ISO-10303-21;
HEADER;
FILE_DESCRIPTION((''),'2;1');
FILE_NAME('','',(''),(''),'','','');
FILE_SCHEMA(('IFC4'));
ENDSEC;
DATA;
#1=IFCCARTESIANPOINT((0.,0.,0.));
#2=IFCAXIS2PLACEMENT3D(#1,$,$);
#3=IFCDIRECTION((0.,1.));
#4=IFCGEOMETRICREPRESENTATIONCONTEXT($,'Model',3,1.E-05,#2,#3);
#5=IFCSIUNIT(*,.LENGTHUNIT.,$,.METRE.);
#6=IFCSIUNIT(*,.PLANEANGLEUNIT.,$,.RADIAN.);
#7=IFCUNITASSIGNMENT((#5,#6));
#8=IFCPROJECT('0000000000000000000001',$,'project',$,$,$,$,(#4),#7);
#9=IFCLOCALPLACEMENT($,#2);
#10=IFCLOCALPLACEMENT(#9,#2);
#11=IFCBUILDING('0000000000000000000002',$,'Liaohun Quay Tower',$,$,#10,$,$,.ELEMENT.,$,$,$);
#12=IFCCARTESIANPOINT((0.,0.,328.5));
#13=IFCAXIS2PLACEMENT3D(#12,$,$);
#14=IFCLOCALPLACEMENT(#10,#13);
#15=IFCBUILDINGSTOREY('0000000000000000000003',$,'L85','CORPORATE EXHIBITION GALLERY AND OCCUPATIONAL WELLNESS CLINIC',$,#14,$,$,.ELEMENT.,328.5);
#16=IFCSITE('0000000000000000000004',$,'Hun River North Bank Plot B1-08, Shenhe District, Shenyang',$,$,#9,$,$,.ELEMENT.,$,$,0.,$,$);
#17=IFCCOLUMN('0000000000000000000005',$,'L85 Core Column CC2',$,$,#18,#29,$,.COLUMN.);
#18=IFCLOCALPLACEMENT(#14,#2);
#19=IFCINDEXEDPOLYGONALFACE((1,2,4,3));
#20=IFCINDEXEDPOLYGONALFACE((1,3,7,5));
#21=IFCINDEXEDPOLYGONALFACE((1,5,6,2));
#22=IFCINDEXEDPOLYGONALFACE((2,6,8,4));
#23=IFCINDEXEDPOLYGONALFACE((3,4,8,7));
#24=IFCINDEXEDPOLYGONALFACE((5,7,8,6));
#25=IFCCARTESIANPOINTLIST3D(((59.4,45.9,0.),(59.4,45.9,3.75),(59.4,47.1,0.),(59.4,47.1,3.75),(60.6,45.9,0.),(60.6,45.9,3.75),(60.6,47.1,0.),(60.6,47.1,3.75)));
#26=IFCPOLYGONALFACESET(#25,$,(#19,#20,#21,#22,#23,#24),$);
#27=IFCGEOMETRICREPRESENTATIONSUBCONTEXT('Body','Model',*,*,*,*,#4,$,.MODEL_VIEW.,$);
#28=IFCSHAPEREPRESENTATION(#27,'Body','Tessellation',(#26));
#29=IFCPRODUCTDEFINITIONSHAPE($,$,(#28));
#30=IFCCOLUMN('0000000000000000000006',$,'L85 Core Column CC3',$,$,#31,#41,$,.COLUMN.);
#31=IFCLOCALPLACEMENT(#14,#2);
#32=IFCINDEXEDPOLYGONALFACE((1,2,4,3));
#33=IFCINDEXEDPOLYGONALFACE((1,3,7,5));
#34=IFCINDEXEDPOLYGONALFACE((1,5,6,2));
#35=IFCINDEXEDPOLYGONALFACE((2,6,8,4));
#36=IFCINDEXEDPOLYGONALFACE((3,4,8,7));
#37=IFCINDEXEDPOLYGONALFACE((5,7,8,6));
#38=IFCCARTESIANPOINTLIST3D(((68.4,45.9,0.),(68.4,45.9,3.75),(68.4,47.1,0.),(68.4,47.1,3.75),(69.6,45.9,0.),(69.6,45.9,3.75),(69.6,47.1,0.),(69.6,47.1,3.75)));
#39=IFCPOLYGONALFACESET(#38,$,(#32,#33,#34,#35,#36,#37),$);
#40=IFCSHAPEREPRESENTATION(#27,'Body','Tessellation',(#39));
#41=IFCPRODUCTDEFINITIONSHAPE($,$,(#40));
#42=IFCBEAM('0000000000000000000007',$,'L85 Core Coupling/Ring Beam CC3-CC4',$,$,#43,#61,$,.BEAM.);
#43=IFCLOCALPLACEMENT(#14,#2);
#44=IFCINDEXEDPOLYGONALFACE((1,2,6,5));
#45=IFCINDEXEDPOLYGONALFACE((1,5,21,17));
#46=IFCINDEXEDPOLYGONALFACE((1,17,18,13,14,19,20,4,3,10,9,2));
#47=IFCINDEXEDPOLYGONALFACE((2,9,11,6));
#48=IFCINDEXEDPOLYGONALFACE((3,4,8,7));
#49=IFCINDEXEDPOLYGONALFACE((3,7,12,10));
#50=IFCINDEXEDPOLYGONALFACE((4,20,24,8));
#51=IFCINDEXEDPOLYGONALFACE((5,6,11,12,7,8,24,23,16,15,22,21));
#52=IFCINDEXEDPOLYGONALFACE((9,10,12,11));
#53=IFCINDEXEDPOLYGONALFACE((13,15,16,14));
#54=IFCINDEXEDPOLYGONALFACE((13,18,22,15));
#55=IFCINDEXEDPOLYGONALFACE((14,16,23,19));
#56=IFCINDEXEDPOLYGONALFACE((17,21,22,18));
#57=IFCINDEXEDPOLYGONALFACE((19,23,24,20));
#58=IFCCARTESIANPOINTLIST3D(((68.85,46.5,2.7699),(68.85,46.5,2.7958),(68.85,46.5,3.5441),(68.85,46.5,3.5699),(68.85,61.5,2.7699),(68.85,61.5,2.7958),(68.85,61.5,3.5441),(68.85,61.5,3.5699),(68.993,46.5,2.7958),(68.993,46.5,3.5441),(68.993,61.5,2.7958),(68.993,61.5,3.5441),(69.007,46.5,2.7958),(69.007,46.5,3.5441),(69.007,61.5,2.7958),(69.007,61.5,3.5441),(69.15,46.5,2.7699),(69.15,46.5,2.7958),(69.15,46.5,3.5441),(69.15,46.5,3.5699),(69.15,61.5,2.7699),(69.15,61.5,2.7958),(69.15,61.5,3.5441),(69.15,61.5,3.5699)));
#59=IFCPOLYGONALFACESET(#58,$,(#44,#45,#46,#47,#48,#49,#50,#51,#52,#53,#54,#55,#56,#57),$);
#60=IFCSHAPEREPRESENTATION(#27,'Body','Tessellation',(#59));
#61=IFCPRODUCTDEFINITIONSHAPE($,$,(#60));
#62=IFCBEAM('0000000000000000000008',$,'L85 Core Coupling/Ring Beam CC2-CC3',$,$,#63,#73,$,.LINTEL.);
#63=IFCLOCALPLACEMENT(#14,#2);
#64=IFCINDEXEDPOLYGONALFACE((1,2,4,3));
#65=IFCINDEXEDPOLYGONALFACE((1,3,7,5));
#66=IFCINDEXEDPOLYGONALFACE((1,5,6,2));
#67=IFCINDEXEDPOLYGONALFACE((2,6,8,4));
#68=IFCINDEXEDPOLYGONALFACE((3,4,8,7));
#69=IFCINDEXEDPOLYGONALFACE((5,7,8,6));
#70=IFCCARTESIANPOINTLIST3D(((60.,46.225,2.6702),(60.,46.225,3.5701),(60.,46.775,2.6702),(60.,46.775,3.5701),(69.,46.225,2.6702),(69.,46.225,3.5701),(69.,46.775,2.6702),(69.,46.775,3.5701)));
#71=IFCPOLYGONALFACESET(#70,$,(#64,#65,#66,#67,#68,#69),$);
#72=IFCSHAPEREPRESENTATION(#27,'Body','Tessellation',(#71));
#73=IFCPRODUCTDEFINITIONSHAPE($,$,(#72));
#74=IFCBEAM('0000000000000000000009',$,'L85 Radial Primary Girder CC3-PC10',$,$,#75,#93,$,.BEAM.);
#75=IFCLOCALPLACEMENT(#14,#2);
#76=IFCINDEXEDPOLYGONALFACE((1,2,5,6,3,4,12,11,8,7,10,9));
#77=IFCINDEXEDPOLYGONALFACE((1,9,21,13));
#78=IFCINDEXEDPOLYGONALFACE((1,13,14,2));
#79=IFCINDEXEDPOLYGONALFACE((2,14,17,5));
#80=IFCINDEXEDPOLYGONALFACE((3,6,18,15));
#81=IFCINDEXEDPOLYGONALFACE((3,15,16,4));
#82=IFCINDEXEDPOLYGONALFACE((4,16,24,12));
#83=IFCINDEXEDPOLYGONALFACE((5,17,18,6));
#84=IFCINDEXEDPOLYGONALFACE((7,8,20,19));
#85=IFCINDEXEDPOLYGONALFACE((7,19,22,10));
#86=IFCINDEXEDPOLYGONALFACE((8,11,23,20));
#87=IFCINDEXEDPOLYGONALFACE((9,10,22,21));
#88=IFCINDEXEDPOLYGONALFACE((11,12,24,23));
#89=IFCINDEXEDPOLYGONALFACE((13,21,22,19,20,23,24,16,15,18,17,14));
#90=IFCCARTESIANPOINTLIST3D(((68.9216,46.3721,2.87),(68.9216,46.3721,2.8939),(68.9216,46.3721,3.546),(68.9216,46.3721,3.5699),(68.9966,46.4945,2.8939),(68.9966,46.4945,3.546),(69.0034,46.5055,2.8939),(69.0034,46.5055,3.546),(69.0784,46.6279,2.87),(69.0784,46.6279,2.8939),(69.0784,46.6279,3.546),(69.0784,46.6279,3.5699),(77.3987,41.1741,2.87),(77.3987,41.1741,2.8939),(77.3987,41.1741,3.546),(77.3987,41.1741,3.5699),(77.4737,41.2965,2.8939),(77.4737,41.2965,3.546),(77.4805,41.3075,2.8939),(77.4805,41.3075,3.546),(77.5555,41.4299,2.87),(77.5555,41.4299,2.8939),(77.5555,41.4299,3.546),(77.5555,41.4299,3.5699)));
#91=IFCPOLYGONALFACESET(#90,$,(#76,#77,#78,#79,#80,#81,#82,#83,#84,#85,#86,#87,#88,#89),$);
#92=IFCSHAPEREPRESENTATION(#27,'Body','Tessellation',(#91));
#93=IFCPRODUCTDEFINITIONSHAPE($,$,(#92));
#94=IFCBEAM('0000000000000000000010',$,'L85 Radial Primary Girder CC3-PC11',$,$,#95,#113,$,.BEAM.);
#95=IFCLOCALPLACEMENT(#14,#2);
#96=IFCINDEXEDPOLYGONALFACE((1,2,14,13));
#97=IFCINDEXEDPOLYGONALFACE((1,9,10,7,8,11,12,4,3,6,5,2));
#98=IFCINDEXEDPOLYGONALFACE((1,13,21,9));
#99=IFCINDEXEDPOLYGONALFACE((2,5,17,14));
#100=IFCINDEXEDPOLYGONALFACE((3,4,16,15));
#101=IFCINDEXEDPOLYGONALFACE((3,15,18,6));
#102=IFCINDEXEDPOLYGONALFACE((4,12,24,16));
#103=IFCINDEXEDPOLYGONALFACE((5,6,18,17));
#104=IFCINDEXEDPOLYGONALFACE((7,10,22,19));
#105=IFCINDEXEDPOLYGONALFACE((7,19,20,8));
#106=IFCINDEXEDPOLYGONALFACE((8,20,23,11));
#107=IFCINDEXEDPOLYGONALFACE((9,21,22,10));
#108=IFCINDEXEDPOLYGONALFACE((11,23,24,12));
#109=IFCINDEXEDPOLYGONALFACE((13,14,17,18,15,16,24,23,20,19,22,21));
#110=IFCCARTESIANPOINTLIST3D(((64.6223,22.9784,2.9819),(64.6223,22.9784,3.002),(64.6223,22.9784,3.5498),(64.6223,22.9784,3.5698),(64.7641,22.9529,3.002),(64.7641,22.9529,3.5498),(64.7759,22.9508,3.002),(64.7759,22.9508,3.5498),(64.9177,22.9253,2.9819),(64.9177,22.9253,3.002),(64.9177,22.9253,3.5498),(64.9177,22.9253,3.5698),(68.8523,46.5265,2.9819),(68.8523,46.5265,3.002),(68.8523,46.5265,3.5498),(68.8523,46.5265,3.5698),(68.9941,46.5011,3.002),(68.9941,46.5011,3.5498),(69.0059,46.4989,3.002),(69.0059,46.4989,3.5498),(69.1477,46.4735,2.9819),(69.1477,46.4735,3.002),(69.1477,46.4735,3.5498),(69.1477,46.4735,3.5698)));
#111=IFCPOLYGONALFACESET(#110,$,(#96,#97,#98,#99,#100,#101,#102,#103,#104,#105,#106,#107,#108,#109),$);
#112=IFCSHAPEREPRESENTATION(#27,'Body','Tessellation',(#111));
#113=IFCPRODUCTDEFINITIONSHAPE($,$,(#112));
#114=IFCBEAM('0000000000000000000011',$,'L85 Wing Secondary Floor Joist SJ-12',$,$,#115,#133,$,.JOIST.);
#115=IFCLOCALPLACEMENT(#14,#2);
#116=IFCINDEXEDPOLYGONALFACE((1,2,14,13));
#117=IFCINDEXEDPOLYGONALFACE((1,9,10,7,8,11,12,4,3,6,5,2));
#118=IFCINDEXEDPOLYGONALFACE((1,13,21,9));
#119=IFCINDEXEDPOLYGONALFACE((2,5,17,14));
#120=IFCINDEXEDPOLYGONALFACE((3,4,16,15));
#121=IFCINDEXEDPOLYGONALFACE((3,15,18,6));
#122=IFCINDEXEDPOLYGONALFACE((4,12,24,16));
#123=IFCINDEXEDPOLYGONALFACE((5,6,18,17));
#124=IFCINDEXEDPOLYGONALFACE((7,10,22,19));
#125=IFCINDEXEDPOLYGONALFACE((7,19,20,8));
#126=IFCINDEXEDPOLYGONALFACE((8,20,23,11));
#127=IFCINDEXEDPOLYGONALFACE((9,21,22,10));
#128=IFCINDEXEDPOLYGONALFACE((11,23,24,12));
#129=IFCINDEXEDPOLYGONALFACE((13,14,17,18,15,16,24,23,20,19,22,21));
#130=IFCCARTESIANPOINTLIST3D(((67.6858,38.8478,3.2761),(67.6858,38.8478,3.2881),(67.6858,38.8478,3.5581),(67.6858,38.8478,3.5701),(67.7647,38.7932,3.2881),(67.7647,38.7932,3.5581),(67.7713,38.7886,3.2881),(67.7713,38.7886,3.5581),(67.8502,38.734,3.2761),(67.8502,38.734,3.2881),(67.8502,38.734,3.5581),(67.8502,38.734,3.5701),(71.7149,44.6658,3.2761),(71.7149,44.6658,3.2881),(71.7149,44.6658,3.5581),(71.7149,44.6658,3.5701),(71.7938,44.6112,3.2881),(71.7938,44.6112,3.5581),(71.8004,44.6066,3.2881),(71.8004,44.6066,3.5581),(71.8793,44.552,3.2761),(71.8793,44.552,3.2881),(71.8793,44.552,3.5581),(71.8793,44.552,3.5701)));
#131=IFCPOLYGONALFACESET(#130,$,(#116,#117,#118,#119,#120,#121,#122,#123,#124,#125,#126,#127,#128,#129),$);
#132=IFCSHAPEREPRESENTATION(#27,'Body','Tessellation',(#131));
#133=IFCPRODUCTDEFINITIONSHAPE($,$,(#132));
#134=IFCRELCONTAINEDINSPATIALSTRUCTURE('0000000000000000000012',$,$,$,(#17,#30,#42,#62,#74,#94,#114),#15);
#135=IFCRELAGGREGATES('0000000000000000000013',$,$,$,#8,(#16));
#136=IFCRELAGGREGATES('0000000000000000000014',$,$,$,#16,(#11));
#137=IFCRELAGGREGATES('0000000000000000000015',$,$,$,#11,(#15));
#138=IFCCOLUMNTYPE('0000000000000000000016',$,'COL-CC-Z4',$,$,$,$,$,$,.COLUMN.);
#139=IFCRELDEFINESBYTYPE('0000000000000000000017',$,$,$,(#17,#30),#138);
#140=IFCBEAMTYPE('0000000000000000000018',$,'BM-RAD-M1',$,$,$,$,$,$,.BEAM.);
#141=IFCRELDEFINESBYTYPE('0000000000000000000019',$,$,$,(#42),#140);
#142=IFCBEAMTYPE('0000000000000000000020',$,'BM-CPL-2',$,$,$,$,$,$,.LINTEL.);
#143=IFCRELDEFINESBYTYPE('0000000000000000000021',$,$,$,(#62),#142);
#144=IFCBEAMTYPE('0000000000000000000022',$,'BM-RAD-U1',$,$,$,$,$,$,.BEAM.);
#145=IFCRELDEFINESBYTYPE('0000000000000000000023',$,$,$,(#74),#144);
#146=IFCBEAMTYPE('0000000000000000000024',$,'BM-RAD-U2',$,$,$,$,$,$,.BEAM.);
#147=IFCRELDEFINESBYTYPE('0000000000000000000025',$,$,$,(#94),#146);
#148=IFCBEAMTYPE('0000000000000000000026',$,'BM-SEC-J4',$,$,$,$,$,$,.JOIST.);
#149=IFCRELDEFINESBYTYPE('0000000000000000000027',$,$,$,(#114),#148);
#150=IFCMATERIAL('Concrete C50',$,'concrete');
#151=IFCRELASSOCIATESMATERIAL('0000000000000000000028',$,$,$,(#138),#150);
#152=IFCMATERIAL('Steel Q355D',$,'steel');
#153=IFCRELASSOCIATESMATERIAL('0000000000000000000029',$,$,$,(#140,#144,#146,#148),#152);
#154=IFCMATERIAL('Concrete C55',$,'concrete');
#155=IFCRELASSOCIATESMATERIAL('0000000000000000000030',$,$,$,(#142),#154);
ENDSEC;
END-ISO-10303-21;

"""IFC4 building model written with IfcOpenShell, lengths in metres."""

from ifc_helpers import new_model, si_unit, direction, frame, origin, origin_2d, place, context, subcontext, project, spatial, rectangle, i_section, extrude, source, transform, mapped, material, material_profile, profile_set, type_object, element, save


model = new_model("IFC4")

# Units and contexts
model_context = context("Model", 3, precision=1e-05, world=origin(), true_north=direction((0.0, 1.0)))
body_context = subcontext(model_context, "Body", "Model", "MODEL_VIEW")
ifc_project = project(units=[si_unit("LENGTHUNIT", "METRE"), si_unit("PLANEANGLEUNIT", "RADIAN")], contexts=[model_context])

# Site, building, storey
site_placement = place(None, origin())
site = spatial("IfcSite", under=ifc_project, at=site_placement, Name="Hun River North Bank Plot B1-08, Shenhe District, Shenyang", CompositionType="ELEMENT", RefElevation=0.0)
building_placement = place(site_placement, origin())
building = spatial("IfcBuilding", under=site, at=building_placement, Name="Liaohun Quay Tower", CompositionType="ELEMENT")
storey_placement = place(building_placement, frame((0.0, 0.0, 328.5)))
storey = spatial("IfcBuildingStorey", under=building, at=storey_placement, Name="L85", Description="CORPORATE EXHIBITION GALLERY AND OCCUPATIONAL WELLNESS CLINIC", CompositionType="ELEMENT", Elevation=328.5)

# Columns
ifc_material_1 = material(Name="Concrete C50", Category="concrete")
ifc_material_profile_1 = material_profile(ifc_material_1, rectangle(XDim=1.2, YDim=1.2, at=origin_2d()), Name="RC1200x1200")
ifc_profile_set_1 = profile_set([ifc_material_profile_1], Name="Concrete C50")
column_type = type_object("IfcColumnType", Name="COL-CC-Z4", PredefinedType="COLUMN", material=ifc_profile_set_1)
shared_shape_1 = source(origin(), body_context, "Body", "SweptSolid", [
    extrude(rectangle(XDim=1.2, YDim=1.2, at=origin_2d()), origin(), (0.0, 0.0, 1.0), 3.75),
])
for number, where, z_axis, x_axis, name in (
    (1, (60.0, 46.5, 0.0), (0.0, 0.0, 1.0), (1.0, 0.0, 0.0), "L85 Core Column CC2"),
    (2, (69.0, 46.5, 0.0), (0.0, 0.0, 1.0), (1.0, 0.0, 0.0), "L85 Core Column CC3"),
):
    element("IfcColumn", number, at=place(storey_placement, frame(where, z_axis=z_axis, x_axis=x_axis)), inside=storey, type_object=column_type, Name=name, PredefinedType="COLUMN", context=body_context, shape_type="MappedRepresentation", body=[
        mapped(shared_shape_1, transform((0.0, 0.0, 0.0), x_axis=(1.0, 0.0, 0.0), y_axis=(0.0, 1.0, 0.0), z_axis=(0.0, 0.0, 1.0), scale=1.0)),
    ])

# Beams
ifc_material_2 = material(Name="Steel Q355D", Category="steel")
ifc_material_profile_2 = material_profile(ifc_material_2, i_section(OverallWidth=0.3, OverallDepth=0.8, WebThickness=0.0139, FlangeThickness=0.0259, at=origin_2d()), Name="HN800x300x14x26")
ifc_profile_set_2 = profile_set([ifc_material_profile_2], Name="Steel Q355D")
beam_type_1 = type_object("IfcBeamType", Name="BM-RAD-M1", PredefinedType="BEAM", material=ifc_profile_set_2)
shared_shape_2 = source(origin(), body_context, "Body", "SweptSolid", [
    extrude(i_section(OverallWidth=0.3, OverallDepth=0.8, WebThickness=0.0139, FlangeThickness=0.0259, at=origin_2d()), origin(), (0.0, 0.0, 1.0), 15.0),
])
beam_1_placement = place(storey_placement, frame((69.0, 46.5, 3.1699), z_axis=(0.0, 1.0, 0.0), x_axis=(-1.0, 0.0, 0.0)))
element("IfcBeam", 3, at=beam_1_placement, inside=storey, type_object=beam_type_1, Name="L85 Core Coupling/Ring Beam CC3-CC4", PredefinedType="BEAM", context=body_context, shape_type="MappedRepresentation", body=[
    mapped(shared_shape_2, transform((0.0, 0.0, 0.0), x_axis=(1.0, 0.0, 0.0), y_axis=(0.0, 1.0, 0.0), z_axis=(0.0, 0.0, 1.0), scale=1.0)),
])
ifc_material_3 = material(Name="Concrete C55", Category="concrete")
ifc_material_profile_3 = material_profile(ifc_material_3, rectangle(XDim=0.55, YDim=0.8999, at=origin_2d()), Name="RC550x900")
ifc_profile_set_3 = profile_set([ifc_material_profile_3], Name="Concrete C55")
beam_type_2 = type_object("IfcBeamType", Name="BM-CPL-2", PredefinedType="LINTEL", material=ifc_profile_set_3)
shared_shape_3 = source(origin(), body_context, "Body", "SweptSolid", [
    extrude(rectangle(XDim=0.55, YDim=0.8999, at=origin_2d()), origin(), (0.0, 0.0, 1.0), 9.0),
])
beam_2_placement = place(storey_placement, frame((60.0, 46.5, 3.1201), z_axis=(1.0, 0.0, 0.0), x_axis=(0.0, 1.0, 0.0)))
element("IfcBeam", 4, at=beam_2_placement, inside=storey, type_object=beam_type_2, Name="L85 Core Coupling/Ring Beam CC2-CC3", PredefinedType="LINTEL", context=body_context, shape_type="MappedRepresentation", body=[
    mapped(shared_shape_3, transform((0.0, 0.0, 0.0), x_axis=(1.0, 0.0, 0.0), y_axis=(0.0, 1.0, 0.0), z_axis=(0.0, 0.0, 1.0), scale=1.0)),
])
ifc_material_profile_4 = material_profile(ifc_material_2, i_section(OverallWidth=0.3, OverallDepth=0.7, WebThickness=0.0129, FlangeThickness=0.0239, at=origin_2d()), Name="HN700x300x13x24")
ifc_profile_set_4 = profile_set([ifc_material_profile_4], Name="Steel Q355D")
beam_type_3 = type_object("IfcBeamType", Name="BM-RAD-U1", PredefinedType="BEAM", material=ifc_profile_set_4)
shared_shape_4 = source(origin(), body_context, "Body", "SweptSolid", [
    extrude(i_section(OverallWidth=0.3, OverallDepth=0.7, WebThickness=0.0129, FlangeThickness=0.0239, at=origin_2d()), origin(), (0.0, 0.0, 1.0), 9.9438),
])
beam_3_placement = place(storey_placement, frame((69.0, 46.5, 3.22), z_axis=(0.852494, -0.522736, 0.0), x_axis=(0.522736, 0.852494, 0.0)))
element("IfcBeam", 5, at=beam_3_placement, inside=storey, type_object=beam_type_3, Name="L85 Radial Primary Girder CC3-PC10", PredefinedType="BEAM", context=body_context, shape_type="MappedRepresentation", body=[
    mapped(shared_shape_4, transform((0.0, 0.0, 0.0), x_axis=(1.0, 0.0, 0.0), y_axis=(0.0, 1.0, 0.0), z_axis=(0.0, 0.0, 1.0), scale=1.0)),
])
ifc_material_profile_5 = material_profile(ifc_material_2, i_section(OverallWidth=0.3, OverallDepth=0.5879, WebThickness=0.012, FlangeThickness=0.02, at=origin_2d()), Name="HM588x300x12x20")
ifc_profile_set_5 = profile_set([ifc_material_profile_5], Name="Steel Q355D")
beam_type_4 = type_object("IfcBeamType", Name="BM-RAD-U2", PredefinedType="BEAM", material=ifc_profile_set_5)
shared_shape_5 = source(origin(), body_context, "Body", "SweptSolid", [
    extrude(i_section(OverallWidth=0.3, OverallDepth=0.5879, WebThickness=0.012, FlangeThickness=0.02, at=origin_2d()), origin(), (0.0, 0.0, 1.0), 23.925),
])
beam_4_placement = place(storey_placement, frame((69.0, 46.5, 3.2759), z_axis=(-0.176802, -0.984246, 0.0), x_axis=(0.984246, -0.176802, 0.0)))
element("IfcBeam", 6, at=beam_4_placement, inside=storey, type_object=beam_type_4, Name="L85 Radial Primary Girder CC3-PC11", PredefinedType="BEAM", context=body_context, shape_type="MappedRepresentation", body=[
    mapped(shared_shape_5, transform((0.0, 0.0, 0.0), x_axis=(1.0, 0.0, 0.0), y_axis=(0.0, 1.0, 0.0), z_axis=(0.0, 0.0, 1.0), scale=1.0)),
])
ifc_material_profile_6 = material_profile(ifc_material_2, i_section(OverallWidth=0.2, OverallDepth=0.2939, WebThickness=0.0081, FlangeThickness=0.012, at=origin_2d()), Name="HM294x200x8x12")
ifc_profile_set_6 = profile_set([ifc_material_profile_6], Name="Steel Q355D")
beam_type_5 = type_object("IfcBeamType", Name="BM-SEC-J4", PredefinedType="JOIST", material=ifc_profile_set_6)
shared_shape_6 = source(origin(), body_context, "Body", "SweptSolid", [
    extrude(i_section(OverallWidth=0.2, OverallDepth=0.2939, WebThickness=0.0081, FlangeThickness=0.012, at=origin_2d()), origin(), (0.0, 0.0, 1.0), 7.0769),
])
beam_5_placement = place(storey_placement, frame((71.7971, 44.6089, 3.4231), z_axis=(-0.569334, -0.822106, 0.0), x_axis=(0.822106, -0.569334, 0.0)))
element("IfcBeam", 7, at=beam_5_placement, inside=storey, type_object=beam_type_5, Name="L85 Wing Secondary Floor Joist SJ-12", PredefinedType="JOIST", context=body_context, shape_type="MappedRepresentation", body=[
    mapped(shared_shape_6, transform((0.0, 0.0, 0.0), x_axis=(1.0, 0.0, 0.0), y_axis=(0.0, 1.0, 0.0), z_axis=(0.0, 0.0, 1.0), scale=1.0)),
])

save(model, "model.ifc")
